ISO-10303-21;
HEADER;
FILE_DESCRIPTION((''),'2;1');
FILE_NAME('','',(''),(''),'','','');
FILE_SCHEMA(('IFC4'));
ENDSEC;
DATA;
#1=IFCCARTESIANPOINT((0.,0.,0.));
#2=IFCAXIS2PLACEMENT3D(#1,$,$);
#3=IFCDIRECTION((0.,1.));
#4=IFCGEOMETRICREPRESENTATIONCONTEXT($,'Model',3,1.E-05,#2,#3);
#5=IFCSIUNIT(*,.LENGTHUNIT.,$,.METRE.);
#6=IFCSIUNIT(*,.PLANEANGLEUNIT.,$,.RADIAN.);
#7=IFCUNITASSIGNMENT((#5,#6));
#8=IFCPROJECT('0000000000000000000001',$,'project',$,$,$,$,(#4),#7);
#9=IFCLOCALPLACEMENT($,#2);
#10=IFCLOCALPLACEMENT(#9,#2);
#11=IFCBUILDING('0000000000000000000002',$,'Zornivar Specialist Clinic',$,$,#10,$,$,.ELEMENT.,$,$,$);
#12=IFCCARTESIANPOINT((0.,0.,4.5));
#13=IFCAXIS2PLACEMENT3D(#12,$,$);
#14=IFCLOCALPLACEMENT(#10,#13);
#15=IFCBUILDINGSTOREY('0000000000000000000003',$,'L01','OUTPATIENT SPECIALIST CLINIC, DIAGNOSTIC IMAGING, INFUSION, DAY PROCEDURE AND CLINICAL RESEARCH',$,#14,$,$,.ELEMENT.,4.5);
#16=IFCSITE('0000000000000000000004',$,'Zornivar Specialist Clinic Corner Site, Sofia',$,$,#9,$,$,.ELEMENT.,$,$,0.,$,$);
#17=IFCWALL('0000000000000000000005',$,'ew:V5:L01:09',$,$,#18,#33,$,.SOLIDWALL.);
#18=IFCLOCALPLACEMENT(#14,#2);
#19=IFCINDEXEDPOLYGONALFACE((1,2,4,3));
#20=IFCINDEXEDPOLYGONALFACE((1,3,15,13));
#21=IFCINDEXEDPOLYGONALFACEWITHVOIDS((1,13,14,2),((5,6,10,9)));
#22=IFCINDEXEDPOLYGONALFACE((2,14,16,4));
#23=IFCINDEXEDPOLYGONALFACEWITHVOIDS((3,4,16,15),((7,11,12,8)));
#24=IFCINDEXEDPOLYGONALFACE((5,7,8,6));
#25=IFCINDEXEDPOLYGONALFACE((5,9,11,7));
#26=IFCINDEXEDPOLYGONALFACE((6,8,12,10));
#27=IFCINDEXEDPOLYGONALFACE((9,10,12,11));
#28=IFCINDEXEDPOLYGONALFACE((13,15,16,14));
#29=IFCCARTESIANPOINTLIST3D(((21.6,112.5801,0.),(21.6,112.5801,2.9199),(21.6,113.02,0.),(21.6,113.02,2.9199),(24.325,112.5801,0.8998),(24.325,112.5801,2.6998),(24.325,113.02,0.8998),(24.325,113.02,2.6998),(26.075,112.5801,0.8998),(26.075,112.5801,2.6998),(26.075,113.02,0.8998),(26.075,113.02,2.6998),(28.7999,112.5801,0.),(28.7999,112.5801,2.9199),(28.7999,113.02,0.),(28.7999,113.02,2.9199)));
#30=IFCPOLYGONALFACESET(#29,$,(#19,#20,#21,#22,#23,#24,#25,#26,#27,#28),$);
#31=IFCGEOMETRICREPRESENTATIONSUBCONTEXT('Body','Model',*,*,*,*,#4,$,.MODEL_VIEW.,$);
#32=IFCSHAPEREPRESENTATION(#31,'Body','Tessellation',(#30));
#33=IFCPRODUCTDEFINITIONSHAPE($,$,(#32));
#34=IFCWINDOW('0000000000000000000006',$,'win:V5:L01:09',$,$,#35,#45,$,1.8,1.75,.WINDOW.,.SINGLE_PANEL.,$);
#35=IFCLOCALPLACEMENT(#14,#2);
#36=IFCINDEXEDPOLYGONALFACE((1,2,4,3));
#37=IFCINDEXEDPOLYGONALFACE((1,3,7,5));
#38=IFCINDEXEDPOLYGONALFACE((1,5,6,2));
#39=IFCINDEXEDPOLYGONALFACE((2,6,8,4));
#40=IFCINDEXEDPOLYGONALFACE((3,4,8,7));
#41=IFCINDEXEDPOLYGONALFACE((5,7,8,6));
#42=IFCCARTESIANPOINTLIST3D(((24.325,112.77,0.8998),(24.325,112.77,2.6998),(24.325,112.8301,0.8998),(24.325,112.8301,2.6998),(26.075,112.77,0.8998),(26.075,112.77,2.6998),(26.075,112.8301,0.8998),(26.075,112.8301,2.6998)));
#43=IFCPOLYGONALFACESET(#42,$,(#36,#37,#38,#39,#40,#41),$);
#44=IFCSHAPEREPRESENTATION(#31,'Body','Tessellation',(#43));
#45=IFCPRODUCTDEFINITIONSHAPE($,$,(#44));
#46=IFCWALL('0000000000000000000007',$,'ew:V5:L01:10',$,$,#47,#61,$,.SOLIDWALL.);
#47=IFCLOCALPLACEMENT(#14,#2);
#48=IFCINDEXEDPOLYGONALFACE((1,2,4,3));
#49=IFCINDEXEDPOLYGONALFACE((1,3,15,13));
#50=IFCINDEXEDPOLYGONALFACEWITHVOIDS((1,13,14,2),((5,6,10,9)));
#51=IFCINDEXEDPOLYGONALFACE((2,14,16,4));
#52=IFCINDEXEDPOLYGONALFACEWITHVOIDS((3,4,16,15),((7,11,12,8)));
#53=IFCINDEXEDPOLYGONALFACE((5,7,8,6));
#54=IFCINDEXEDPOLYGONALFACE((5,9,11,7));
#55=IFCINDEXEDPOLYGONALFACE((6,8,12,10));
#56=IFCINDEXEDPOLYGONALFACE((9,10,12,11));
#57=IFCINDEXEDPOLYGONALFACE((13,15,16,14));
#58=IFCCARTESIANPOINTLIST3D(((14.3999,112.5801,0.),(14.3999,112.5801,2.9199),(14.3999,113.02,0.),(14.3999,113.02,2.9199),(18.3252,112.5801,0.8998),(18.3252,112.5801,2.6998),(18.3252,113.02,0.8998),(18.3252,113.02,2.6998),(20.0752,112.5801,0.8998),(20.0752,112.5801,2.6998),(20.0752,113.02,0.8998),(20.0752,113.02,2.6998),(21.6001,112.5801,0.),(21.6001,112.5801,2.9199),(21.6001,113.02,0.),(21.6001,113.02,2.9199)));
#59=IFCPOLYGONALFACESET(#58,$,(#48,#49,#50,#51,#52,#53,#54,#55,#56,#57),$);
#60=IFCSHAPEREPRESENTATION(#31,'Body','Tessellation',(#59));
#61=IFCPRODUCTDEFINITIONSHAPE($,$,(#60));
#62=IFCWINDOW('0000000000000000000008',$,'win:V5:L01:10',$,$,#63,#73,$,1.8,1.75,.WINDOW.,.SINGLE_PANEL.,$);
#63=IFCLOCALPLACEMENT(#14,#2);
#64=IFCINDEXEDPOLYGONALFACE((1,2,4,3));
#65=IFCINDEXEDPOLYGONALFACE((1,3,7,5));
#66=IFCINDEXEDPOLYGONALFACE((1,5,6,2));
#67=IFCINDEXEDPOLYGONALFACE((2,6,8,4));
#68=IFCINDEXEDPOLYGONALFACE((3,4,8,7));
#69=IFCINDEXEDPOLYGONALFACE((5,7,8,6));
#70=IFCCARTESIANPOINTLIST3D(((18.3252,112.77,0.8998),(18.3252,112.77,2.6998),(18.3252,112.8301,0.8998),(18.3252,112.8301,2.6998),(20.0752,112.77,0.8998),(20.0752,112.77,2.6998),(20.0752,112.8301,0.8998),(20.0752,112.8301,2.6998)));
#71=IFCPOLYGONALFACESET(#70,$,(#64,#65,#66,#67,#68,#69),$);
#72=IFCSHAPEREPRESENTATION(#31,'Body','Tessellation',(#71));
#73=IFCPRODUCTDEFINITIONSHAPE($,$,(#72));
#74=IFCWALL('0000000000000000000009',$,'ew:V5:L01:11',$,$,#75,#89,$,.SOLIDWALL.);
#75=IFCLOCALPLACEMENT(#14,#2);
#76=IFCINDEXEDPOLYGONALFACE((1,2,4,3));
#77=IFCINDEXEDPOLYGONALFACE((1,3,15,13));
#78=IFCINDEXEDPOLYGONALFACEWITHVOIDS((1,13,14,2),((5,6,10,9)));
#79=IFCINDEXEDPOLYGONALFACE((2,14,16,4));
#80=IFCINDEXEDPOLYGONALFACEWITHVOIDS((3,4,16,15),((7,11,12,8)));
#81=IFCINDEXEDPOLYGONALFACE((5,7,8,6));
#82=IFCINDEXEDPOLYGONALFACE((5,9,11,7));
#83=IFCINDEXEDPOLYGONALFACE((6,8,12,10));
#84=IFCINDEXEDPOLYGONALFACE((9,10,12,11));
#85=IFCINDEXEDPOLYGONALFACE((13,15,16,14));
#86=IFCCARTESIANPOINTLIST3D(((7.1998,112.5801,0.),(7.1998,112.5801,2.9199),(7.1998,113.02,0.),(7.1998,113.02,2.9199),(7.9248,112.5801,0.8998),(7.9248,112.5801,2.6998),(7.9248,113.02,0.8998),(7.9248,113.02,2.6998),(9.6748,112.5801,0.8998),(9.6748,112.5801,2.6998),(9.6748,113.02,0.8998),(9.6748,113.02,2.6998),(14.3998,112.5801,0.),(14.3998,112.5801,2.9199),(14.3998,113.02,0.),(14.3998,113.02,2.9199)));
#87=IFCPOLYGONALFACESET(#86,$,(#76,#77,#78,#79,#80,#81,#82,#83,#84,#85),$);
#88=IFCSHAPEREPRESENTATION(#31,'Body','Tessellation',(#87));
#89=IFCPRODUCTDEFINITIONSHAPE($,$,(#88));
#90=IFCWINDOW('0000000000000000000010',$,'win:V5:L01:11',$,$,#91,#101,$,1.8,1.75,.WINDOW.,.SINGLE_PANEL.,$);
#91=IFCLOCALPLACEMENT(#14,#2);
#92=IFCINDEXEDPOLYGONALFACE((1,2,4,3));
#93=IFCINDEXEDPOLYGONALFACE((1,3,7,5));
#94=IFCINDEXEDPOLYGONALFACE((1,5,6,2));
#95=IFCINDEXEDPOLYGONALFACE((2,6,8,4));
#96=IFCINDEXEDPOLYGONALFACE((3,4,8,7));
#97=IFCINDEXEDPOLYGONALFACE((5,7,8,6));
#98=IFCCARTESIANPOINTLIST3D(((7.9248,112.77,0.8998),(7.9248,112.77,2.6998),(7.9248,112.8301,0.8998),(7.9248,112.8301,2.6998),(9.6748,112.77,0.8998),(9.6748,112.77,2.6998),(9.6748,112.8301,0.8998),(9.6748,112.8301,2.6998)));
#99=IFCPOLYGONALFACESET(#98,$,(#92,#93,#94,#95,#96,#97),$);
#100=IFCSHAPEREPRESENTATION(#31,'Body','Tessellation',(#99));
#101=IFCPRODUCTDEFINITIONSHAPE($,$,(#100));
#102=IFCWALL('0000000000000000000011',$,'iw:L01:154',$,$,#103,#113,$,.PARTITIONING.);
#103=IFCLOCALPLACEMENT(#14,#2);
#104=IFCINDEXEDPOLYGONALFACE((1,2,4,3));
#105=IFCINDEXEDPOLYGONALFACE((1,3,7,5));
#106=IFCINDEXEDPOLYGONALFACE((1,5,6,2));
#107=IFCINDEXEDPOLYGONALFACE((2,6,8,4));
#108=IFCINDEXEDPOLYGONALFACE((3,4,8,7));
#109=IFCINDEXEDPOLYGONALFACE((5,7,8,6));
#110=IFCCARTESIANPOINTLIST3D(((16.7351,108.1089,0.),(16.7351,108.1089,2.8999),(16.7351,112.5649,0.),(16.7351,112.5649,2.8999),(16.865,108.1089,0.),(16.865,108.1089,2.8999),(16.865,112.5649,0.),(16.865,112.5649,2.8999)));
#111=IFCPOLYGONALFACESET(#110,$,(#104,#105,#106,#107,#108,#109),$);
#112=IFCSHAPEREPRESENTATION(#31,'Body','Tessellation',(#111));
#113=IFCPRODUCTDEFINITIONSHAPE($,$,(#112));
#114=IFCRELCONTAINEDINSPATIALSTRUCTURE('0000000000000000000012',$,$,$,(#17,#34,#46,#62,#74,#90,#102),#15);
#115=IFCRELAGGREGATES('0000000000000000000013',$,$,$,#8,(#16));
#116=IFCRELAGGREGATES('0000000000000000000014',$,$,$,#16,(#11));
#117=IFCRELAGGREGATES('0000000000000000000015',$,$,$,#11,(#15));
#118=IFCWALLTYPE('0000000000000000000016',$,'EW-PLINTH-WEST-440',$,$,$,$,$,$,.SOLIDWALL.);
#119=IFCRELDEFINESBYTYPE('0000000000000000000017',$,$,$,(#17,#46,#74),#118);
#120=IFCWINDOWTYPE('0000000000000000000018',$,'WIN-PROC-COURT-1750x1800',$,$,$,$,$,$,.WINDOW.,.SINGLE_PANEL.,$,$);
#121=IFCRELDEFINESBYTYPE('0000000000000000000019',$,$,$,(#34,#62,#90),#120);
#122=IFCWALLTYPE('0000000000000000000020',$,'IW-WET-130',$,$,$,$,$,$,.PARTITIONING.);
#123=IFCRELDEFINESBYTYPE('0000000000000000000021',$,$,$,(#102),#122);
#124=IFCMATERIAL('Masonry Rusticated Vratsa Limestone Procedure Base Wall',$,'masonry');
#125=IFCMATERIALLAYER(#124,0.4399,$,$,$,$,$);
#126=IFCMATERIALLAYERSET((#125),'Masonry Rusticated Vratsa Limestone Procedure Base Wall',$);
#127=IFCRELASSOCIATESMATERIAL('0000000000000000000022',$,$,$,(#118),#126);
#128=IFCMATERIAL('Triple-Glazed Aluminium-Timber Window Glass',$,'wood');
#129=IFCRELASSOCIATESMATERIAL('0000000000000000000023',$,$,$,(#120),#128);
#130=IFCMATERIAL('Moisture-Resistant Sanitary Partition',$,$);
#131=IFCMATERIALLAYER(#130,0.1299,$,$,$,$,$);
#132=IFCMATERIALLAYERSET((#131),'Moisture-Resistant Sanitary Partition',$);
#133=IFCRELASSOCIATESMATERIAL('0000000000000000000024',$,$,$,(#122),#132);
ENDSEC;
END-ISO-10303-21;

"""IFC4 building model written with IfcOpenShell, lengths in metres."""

from ifc_helpers import new_model, si_unit, direction, frame, frame_2d, origin, place, context, subcontext, project, spatial, rectangle, extrude, material, layer, layer_set, type_object, element, fill, save


model = new_model("IFC4")

# Units and contexts
model_context = context("Model", 3, precision=1e-05, world=origin(), true_north=direction((0.0, 1.0)))
body_context = subcontext(model_context, "Body", "Model", "MODEL_VIEW")
ifc_project = project(units=[si_unit("LENGTHUNIT", "METRE"), si_unit("PLANEANGLEUNIT", "RADIAN")], contexts=[model_context])

# Site, building, storey
site_placement = place(None, origin())
site = spatial("IfcSite", under=ifc_project, at=site_placement, Name="Zornivar Specialist Clinic Corner Site, Sofia", CompositionType="ELEMENT", RefElevation=0.0)
building_placement = place(site_placement, origin())
building = spatial("IfcBuilding", under=site, at=building_placement, Name="Zornivar Specialist Clinic", CompositionType="ELEMENT")
storey_placement = place(building_placement, frame((0.0, 0.0, 4.5)))
storey = spatial("IfcBuildingStorey", under=building, at=storey_placement, Name="L01", Description="OUTPATIENT SPECIALIST CLINIC, DIAGNOSTIC IMAGING, INFUSION, DAY PROCEDURE AND CLINICAL RESEARCH", CompositionType="ELEMENT", Elevation=4.5)

# Walls, openings, windows
ifc_material_1 = material(Name="Masonry Rusticated Vratsa Limestone Procedure Base Wall", Category="masonry")
ifc_layer_1 = layer(ifc_material_1, 0.4399)
ifc_layer_set_1 = layer_set([ifc_layer_1], Name="Masonry Rusticated Vratsa Limestone Procedure Base Wall")
wall_type_1 = type_object("IfcWallType", Name="EW-PLINTH-WEST-440", PredefinedType="SOLIDWALL", material=ifc_layer_set_1)
wall_1_placement = place(storey_placement, frame((28.8, 112.8, 0.0), z_axis=(0.0, 0.0, 1.0), x_axis=(-1.0, 0.0, 0.0)))
wall_1 = element("IfcWall", 1, at=wall_1_placement, inside=storey, type_object=wall_type_1, Name="ew:V5:L01:09", PredefinedType="SOLIDWALL", context=body_context, shape_type="SweptSolid", body=[
    extrude(rectangle(XDim=7.2, YDim=0.4399, at=frame_2d((3.6001, 0.0))), origin(), (0.0, 0.0, 1.0), 2.9199),
])
opening_1_placement = place(wall_1_placement, frame((2.7251, 0.0, 0.8999)))
opening_1 = element("IfcOpeningElement", 2, at=opening_1_placement, cuts=wall_1, PredefinedType="OPENING", context=body_context, shape_type="SweptSolid", body=[
    extrude(rectangle(XDim=1.75, YDim=1.8, at=frame_2d((0.875, 0.8999))), frame((0.0, 0.23, 0.0), z_axis=(0.0, -1.0, 0.0), x_axis=(1.0, 0.0, 0.0)), (0.0, 0.0, 1.0), 0.46),
])
ifc_material_2 = material(Name="Triple-Glazed Aluminium-Timber Window Glass", Category="wood")
window_type_1 = type_object("IfcWindowType", Name="WIN-PROC-COURT-1750x1800", PartitioningType="SINGLE_PANEL", PredefinedType="WINDOW", material=ifc_material_2)
window_1_placement = place(opening_1_placement, origin())
window_1 = element("IfcWindow", 3, at=window_1_placement, inside=storey, type_object=window_type_1, Name="win:V5:L01:09", OverallHeight=1.8, OverallWidth=1.75, PartitioningType="SINGLE_PANEL", PredefinedType="WINDOW", context=body_context, shape_type="SweptSolid", body=[
    extrude(rectangle(XDim=1.75, YDim=1.8, at=frame_2d((0.875, 0.8999))), frame((0.0, 0.03, 0.0), z_axis=(0.0, -1.0, 0.0), x_axis=(1.0, 0.0, 0.0)), (0.0, 0.0, 1.0), 0.0601),
])
fill(opening_1, window_1)
wall_2_placement = place(storey_placement, frame((21.6001, 112.8, 0.0), z_axis=(0.0, 0.0, 1.0), x_axis=(-1.0, 0.0, 0.0)))
wall_2 = element("IfcWall", 4, at=wall_2_placement, inside=storey, type_object=wall_type_1, Name="ew:V5:L01:10", PredefinedType="SOLIDWALL", context=body_context, shape_type="SweptSolid", body=[
    extrude(rectangle(XDim=7.2002, YDim=0.4399, at=frame_2d((3.6001, 0.0))), origin(), (0.0, 0.0, 1.0), 2.9199),
])
opening_2_placement = place(wall_2_placement, frame((1.5249, 0.0, 0.8999)))
opening_2 = element("IfcOpeningElement", 5, at=opening_2_placement, cuts=wall_2, PredefinedType="OPENING", context=body_context, shape_type="SweptSolid", body=[
    extrude(rectangle(XDim=1.75, YDim=1.8, at=frame_2d((0.875, 0.8999))), frame((0.0, 0.23, 0.0), z_axis=(0.0, -1.0, 0.0), x_axis=(1.0, 0.0, 0.0)), (0.0, 0.0, 1.0), 0.46),
])
window_2_placement = place(opening_2_placement, origin())
window_2 = element("IfcWindow", 6, at=window_2_placement, inside=storey, type_object=window_type_1, Name="win:V5:L01:10", OverallHeight=1.8, OverallWidth=1.75, PartitioningType="SINGLE_PANEL", PredefinedType="WINDOW", context=body_context, shape_type="SweptSolid", body=[
    extrude(rectangle(XDim=1.75, YDim=1.8, at=frame_2d((0.875, 0.8999))), frame((0.0, 0.03, 0.0), z_axis=(0.0, -1.0, 0.0), x_axis=(1.0, 0.0, 0.0)), (0.0, 0.0, 1.0), 0.0601),
])
fill(opening_2, window_2)
wall_3_placement = place(storey_placement, frame((14.3999, 112.8, 0.0), z_axis=(0.0, 0.0, 1.0), x_axis=(-1.0, 0.0, 0.0)))
wall_3 = element("IfcWall", 7, at=wall_3_placement, inside=storey, type_object=wall_type_1, Name="ew:V5:L01:11", PredefinedType="SOLIDWALL", context=body_context, shape_type="SweptSolid", body=[
    extrude(rectangle(XDim=7.2, YDim=0.4399, at=frame_2d((3.6001, 0.0))), origin(), (0.0, 0.0, 1.0), 2.9199),
])
opening_3_placement = place(wall_3_placement, frame((4.7251, 0.0, 0.8999)))
opening_3 = element("IfcOpeningElement", 8, at=opening_3_placement, cuts=wall_3, PredefinedType="OPENING", context=body_context, shape_type="SweptSolid", body=[
    extrude(rectangle(XDim=1.75, YDim=1.8, at=frame_2d((0.875, 0.8999))), frame((0.0, 0.23, 0.0), z_axis=(0.0, -1.0, 0.0), x_axis=(1.0, 0.0, 0.0)), (0.0, 0.0, 1.0), 0.46),
])
window_3_placement = place(opening_3_placement, origin())
window_3 = element("IfcWindow", 9, at=window_3_placement, inside=storey, type_object=window_type_1, Name="win:V5:L01:11", OverallHeight=1.8, OverallWidth=1.75, PartitioningType="SINGLE_PANEL", PredefinedType="WINDOW", context=body_context, shape_type="SweptSolid", body=[
    extrude(rectangle(XDim=1.75, YDim=1.8, at=frame_2d((0.875, 0.8999))), frame((0.0, 0.03, 0.0), z_axis=(0.0, -1.0, 0.0), x_axis=(1.0, 0.0, 0.0)), (0.0, 0.0, 1.0), 0.0601),
])
fill(opening_3, window_3)

# Wall
ifc_material_3 = material(Name="Moisture-Resistant Sanitary Partition")
ifc_layer_2 = layer(ifc_material_3, 0.1299)
ifc_layer_set_2 = layer_set([ifc_layer_2], Name="Moisture-Resistant Sanitary Partition")
wall_type_2 = type_object("IfcWallType", Name="IW-WET-130", PredefinedType="PARTITIONING", material=ifc_layer_set_2)
wall_4_placement = place(storey_placement, frame((16.8, 112.5649, 0.0), z_axis=(0.0, 0.0, 1.0), x_axis=(0.0, -1.0, 0.0)))
element("IfcWall", 10, at=wall_4_placement, inside=storey, type_object=wall_type_2, Name="iw:L01:154", PredefinedType="PARTITIONING", context=body_context, shape_type="SweptSolid", body=[
    extrude(rectangle(XDim=4.4561, YDim=0.1299, at=frame_2d((2.228, 0.0))), origin(), (0.0, 0.0, 1.0), 2.8999),
])

save(model, "model.ifc")
